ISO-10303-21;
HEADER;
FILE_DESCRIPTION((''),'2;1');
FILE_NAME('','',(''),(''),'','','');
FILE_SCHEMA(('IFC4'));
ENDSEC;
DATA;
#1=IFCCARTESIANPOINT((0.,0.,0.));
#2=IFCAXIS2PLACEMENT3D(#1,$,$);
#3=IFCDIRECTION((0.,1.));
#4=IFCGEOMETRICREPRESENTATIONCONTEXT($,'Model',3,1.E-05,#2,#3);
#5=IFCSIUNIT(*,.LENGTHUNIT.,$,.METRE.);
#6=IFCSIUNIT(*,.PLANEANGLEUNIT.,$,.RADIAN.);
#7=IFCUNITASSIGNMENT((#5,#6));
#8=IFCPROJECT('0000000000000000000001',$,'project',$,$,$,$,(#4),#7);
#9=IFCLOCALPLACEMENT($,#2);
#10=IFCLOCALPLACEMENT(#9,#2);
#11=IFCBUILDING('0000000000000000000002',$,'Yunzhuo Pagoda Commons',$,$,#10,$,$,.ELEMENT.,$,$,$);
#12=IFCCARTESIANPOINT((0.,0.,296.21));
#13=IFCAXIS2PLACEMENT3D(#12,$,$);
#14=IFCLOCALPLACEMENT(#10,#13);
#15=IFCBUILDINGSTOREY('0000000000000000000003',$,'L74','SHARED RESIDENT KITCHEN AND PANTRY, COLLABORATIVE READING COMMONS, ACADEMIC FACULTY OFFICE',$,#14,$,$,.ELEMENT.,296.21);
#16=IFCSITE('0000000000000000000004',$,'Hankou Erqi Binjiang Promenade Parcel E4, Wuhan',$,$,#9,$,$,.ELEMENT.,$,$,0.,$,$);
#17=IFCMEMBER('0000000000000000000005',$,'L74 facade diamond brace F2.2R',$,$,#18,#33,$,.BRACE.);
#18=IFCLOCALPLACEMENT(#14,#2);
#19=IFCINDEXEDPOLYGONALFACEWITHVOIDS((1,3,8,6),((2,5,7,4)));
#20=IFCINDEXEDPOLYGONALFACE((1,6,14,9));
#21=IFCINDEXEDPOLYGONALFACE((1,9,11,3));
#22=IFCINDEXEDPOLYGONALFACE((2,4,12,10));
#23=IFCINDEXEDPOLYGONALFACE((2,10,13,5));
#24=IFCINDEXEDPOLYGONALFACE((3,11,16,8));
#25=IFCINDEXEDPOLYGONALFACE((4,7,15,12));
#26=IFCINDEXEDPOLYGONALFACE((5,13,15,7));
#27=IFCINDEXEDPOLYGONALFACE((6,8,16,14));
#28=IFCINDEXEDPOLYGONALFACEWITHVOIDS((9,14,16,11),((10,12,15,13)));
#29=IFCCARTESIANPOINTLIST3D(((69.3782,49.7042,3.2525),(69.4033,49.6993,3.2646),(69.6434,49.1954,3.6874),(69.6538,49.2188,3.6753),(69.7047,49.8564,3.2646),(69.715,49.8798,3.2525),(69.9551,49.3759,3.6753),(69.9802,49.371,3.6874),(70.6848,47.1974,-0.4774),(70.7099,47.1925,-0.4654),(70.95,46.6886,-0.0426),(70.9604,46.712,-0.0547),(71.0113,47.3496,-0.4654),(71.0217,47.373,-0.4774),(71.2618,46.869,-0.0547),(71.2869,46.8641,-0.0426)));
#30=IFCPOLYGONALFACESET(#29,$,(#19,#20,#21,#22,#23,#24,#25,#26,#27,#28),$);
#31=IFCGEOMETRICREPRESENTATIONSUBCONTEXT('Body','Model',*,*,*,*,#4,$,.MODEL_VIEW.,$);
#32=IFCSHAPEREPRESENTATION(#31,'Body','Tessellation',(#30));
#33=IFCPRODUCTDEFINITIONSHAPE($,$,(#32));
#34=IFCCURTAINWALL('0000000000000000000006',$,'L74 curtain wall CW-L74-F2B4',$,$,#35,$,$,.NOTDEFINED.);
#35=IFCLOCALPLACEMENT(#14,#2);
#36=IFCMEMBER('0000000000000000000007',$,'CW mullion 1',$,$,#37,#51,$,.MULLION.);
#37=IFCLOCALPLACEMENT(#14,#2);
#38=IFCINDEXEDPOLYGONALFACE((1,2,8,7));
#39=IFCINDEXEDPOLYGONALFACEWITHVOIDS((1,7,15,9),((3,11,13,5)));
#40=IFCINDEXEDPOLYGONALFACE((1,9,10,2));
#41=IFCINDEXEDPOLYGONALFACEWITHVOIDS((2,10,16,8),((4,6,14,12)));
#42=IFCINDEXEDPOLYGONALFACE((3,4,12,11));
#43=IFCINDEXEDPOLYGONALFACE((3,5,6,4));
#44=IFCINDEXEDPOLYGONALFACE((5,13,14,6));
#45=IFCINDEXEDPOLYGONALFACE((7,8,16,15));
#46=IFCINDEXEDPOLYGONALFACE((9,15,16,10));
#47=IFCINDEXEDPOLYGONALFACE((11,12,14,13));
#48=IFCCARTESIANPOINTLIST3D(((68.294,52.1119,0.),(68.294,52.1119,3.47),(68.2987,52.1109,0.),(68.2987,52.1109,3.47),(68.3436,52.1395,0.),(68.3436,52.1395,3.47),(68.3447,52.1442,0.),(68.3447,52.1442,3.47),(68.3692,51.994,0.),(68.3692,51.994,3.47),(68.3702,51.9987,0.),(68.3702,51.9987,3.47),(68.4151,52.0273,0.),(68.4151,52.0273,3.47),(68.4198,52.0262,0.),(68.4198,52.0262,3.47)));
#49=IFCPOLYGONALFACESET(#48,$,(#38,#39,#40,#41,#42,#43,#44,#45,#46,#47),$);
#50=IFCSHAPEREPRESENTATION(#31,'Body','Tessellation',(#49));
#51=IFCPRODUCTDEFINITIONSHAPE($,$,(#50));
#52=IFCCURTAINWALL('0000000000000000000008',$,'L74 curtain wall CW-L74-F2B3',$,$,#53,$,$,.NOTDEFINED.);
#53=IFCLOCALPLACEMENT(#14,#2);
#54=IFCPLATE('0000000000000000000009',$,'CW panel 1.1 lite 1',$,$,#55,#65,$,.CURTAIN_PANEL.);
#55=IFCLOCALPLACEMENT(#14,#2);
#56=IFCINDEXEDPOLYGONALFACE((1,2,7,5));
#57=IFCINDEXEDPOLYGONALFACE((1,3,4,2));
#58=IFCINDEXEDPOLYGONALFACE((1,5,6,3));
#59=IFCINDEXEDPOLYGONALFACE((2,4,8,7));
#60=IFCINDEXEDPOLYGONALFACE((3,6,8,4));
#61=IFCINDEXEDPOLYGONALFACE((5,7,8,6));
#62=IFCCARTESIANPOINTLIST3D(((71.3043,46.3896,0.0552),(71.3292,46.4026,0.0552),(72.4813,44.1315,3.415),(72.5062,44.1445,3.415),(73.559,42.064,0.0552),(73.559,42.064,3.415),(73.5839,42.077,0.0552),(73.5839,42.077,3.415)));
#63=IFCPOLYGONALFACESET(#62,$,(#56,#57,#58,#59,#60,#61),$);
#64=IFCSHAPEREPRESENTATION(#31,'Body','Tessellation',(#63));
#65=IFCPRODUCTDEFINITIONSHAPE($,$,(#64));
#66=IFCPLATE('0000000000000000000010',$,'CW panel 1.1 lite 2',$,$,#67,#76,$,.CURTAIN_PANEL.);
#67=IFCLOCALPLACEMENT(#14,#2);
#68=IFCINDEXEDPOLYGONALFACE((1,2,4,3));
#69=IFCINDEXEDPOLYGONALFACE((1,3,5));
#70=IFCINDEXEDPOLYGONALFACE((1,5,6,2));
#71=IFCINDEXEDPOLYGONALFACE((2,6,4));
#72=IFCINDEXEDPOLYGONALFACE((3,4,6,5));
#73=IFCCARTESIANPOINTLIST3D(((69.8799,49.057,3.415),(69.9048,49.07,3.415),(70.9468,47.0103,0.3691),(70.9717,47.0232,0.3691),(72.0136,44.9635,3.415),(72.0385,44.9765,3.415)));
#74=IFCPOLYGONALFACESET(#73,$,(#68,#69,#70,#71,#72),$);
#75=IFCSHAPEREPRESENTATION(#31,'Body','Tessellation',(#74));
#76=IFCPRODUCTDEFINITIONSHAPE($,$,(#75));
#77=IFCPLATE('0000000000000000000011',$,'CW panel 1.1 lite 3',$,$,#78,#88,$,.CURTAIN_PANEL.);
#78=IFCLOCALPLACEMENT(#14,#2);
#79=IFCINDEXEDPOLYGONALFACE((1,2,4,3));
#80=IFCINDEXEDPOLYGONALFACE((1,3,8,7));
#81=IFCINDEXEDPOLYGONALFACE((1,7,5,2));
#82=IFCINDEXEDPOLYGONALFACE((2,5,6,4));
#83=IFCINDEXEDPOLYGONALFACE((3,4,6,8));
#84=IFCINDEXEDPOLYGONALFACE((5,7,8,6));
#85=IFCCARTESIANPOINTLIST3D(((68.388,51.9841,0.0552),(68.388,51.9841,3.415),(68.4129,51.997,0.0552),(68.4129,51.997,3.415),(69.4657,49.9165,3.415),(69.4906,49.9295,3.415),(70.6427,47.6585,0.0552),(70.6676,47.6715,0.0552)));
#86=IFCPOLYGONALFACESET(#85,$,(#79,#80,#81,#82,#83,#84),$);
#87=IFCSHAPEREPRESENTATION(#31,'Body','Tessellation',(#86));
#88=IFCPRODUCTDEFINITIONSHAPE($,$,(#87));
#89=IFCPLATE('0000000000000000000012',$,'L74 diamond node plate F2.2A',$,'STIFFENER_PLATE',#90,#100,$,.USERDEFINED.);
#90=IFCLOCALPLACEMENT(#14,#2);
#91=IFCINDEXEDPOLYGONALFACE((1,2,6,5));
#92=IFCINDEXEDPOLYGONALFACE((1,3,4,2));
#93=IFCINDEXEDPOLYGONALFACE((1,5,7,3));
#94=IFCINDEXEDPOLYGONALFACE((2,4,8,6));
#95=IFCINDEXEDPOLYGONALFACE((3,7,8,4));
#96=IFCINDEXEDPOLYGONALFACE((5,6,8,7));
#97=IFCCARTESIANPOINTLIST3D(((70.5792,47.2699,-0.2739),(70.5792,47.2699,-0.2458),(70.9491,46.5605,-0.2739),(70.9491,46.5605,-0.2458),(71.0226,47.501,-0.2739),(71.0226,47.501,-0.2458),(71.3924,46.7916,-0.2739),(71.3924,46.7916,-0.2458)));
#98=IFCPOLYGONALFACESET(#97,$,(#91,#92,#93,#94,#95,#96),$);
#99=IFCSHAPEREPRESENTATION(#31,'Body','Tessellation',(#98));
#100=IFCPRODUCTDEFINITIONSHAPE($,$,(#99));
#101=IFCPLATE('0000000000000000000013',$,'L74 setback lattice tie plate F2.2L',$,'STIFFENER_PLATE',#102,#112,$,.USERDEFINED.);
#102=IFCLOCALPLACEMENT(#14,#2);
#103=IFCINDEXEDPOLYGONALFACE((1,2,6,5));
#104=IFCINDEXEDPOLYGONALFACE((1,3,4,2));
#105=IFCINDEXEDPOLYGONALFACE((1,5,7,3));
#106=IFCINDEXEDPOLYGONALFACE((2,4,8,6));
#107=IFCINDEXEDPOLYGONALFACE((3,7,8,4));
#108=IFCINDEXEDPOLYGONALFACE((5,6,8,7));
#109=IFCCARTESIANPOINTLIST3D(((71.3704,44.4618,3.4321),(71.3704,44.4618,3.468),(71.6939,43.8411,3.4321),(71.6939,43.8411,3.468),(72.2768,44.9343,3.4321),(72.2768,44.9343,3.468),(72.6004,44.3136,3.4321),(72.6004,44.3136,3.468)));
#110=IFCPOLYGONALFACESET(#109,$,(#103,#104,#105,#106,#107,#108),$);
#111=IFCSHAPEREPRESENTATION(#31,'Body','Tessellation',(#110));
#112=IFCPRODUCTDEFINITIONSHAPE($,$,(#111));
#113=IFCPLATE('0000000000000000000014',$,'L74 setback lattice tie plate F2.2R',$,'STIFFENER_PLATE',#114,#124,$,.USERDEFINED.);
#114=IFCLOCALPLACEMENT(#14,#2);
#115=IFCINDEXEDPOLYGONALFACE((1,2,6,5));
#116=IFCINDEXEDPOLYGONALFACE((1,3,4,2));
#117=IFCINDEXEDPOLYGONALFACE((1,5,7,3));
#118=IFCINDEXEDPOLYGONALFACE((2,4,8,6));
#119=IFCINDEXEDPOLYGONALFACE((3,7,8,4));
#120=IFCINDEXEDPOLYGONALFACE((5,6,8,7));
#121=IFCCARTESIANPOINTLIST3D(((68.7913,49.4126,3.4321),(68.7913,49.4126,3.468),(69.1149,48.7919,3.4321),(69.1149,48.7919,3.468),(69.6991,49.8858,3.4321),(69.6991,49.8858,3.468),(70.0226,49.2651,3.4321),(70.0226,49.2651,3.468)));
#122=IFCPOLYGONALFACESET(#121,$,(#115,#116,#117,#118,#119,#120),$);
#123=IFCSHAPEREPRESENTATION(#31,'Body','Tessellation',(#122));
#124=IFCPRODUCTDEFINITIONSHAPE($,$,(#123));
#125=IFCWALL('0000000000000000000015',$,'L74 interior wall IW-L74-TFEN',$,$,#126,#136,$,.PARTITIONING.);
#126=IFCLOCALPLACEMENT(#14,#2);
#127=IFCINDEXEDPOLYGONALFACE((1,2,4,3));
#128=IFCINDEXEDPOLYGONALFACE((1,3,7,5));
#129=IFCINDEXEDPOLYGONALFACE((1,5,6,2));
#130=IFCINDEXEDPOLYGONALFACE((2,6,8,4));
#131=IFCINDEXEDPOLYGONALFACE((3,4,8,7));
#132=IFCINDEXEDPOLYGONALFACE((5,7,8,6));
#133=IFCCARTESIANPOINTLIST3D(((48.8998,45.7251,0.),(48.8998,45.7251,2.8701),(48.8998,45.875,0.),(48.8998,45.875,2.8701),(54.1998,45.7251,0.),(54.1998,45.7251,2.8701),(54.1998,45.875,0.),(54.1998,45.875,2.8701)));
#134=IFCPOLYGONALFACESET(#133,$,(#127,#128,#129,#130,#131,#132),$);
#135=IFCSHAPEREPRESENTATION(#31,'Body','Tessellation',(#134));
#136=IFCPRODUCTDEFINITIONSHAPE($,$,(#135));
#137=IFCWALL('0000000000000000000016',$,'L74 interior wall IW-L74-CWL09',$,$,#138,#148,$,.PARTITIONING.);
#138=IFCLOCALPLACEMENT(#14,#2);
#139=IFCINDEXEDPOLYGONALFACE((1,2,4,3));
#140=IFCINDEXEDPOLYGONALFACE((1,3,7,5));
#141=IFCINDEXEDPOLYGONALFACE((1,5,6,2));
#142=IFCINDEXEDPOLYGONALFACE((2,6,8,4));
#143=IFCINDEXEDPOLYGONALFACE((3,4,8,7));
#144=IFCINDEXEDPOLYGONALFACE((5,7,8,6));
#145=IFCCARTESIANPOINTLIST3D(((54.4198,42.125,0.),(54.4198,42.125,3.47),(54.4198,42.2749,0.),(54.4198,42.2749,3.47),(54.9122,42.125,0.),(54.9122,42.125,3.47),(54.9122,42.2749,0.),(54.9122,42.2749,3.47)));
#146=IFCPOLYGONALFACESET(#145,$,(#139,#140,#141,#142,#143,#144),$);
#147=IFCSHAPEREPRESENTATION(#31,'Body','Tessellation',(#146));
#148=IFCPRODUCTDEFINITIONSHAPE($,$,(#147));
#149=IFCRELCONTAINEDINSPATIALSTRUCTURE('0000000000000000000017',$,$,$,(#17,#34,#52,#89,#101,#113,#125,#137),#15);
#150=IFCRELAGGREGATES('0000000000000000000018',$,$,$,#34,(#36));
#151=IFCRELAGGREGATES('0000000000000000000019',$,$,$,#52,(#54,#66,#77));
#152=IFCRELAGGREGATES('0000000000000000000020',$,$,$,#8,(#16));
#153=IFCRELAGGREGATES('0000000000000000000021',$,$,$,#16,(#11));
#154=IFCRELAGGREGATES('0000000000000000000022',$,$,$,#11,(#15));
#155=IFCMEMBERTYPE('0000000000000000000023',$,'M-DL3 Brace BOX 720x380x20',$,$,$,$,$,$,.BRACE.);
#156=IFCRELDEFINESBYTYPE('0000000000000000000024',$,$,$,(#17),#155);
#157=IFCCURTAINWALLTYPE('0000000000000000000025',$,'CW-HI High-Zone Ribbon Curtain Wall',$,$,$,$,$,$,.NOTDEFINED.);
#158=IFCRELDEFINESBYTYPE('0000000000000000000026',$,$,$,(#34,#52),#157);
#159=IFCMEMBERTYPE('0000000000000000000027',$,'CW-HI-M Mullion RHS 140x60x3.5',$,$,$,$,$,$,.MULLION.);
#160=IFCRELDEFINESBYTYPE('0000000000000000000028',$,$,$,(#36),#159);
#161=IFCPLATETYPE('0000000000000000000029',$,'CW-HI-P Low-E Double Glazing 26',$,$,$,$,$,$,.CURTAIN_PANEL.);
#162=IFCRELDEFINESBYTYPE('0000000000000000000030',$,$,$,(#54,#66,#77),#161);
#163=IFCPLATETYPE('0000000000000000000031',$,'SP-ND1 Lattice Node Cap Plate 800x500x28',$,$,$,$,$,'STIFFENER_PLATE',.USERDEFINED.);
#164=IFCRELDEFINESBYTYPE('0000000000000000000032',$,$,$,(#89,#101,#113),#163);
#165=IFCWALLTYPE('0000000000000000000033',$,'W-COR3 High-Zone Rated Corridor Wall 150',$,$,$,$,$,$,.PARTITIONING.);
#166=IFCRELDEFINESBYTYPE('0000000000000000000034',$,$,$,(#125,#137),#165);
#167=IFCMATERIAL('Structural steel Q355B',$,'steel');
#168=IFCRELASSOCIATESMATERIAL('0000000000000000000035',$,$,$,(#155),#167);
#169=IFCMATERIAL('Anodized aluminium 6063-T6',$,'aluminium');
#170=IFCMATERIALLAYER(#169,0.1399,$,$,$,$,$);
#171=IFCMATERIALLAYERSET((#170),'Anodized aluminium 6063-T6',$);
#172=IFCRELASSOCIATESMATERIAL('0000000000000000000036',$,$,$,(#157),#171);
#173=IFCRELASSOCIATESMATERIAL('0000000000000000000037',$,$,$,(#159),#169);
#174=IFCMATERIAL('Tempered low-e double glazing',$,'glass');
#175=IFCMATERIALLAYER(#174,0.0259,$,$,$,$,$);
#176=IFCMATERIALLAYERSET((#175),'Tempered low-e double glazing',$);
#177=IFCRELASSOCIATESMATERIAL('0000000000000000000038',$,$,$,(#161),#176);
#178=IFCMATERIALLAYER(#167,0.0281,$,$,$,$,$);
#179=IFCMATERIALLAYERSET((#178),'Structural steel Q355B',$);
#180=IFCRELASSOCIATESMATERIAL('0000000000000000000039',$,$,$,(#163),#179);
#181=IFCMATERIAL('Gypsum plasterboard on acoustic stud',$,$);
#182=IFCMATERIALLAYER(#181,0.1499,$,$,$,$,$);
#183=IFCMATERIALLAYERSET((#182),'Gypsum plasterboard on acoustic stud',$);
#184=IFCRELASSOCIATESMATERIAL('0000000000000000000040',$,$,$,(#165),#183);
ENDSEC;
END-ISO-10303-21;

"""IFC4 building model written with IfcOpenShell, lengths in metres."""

from ifc_helpers import new_model, si_unit, direction, frame, frame_2d, origin, origin_2d, place, context, subcontext, project, spatial, polyline, rectangle, hollow_rectangle, outline, extrude, source, transform, mapped, material, layer, layer_set, material_profile, profile_set, type_object, element, aggregate, save


model = new_model("IFC4")

# Units and contexts
model_context = context("Model", 3, precision=1e-05, world=origin(), true_north=direction((0.0, 1.0)))
body_context = subcontext(model_context, "Body", "Model", "MODEL_VIEW")
ifc_project = project(units=[si_unit("LENGTHUNIT", "METRE"), si_unit("PLANEANGLEUNIT", "RADIAN")], contexts=[model_context])

# Site, building, storey
site_placement = place(None, origin())
site = spatial("IfcSite", under=ifc_project, at=site_placement, Name="Hankou Erqi Binjiang Promenade Parcel E4, Wuhan", CompositionType="ELEMENT", RefElevation=0.0)
building_placement = place(site_placement, origin())
building = spatial("IfcBuilding", under=site, at=building_placement, Name="Yunzhuo Pagoda Commons", CompositionType="ELEMENT")
storey_placement = place(building_placement, frame((0.0, 0.0, 296.21)))
storey = spatial("IfcBuildingStorey", under=building, at=storey_placement, Name="L74", Description="SHARED RESIDENT KITCHEN AND PANTRY, COLLABORATIVE READING COMMONS, ACADEMIC FACULTY OFFICE", CompositionType="ELEMENT", Elevation=296.21)

# Shared definitions
ifc_material_1 = material(Name="Structural steel Q355B", Category="steel")

# Member
ifc_material_profile_1 = material_profile(ifc_material_1, hollow_rectangle(XDim=0.3799, YDim=0.72, WallThickness=0.02, at=origin_2d()), Name="Structural steel Q355B")
ifc_profile_set_1 = profile_set([ifc_material_profile_1], Name="Structural steel Q355B")
member_type_1 = type_object("IfcMemberType", Name="M-DL3 Brace BOX 720x380x20", PredefinedType="BRACE", material=ifc_profile_set_1)
shared_shape_1 = source(origin(), body_context, "Body", "SweptSolid", [
    extrude(hollow_rectangle(XDim=0.3799, YDim=0.72, WallThickness=0.02, at=origin_2d()), origin(), (0.0, 0.0, 1.0), 4.6802),
])
for number, where, z_axis, x_axis, name in (
    (1, (70.9858, 47.0308, -0.26), (-0.279185, 0.535626, 0.79697), (-0.88677, -0.462212, 0.0), "L74 facade diamond brace F2.2R"),
):
    element("IfcMember", number, at=place(storey_placement, frame(where, z_axis=z_axis, x_axis=x_axis)), inside=storey, type_object=member_type_1, Name=name, PredefinedType="BRACE", context=body_context, shape_type="MappedRepresentation", body=[
        mapped(shared_shape_1, transform((0.0, 0.0, 0.0), scale=1.0)),
    ])

# Curtain wall, member
ifc_material_2 = material(Name="Anodized aluminium 6063-T6", Category="aluminium")
ifc_layer_1 = layer(ifc_material_2, 0.1399)
ifc_layer_set_1 = layer_set([ifc_layer_1], Name="Anodized aluminium 6063-T6")
curtain_wall_type = type_object("IfcCurtainWallType", Name="CW-HI High-Zone Ribbon Curtain Wall", PredefinedType="NOTDEFINED", material=ifc_layer_set_1)
curtain_wall_1_placement = place(storey_placement, origin())
curtain_wall_1 = element("IfcCurtainWall", 2, at=curtain_wall_1_placement, inside=storey, type_object=curtain_wall_type, Name="L74 curtain wall CW-L74-F2B4", PredefinedType="NOTDEFINED")
ifc_material_profile_2 = material_profile(ifc_material_2, hollow_rectangle(XDim=0.0601, YDim=0.1399, WallThickness=0.0034, at=origin_2d()), Name="Anodized aluminium 6063-T6")
ifc_profile_set_2 = profile_set([ifc_material_profile_2], Name="Anodized aluminium 6063-T6")
member_type_2 = type_object("IfcMemberType", Name="CW-HI-M Mullion RHS 140x60x3.5", PredefinedType="MULLION", material=ifc_profile_set_2)
shared_shape_2 = source(origin(), body_context, "Body", "SweptSolid", [
    extrude(hollow_rectangle(XDim=0.0601, YDim=0.1399, WallThickness=0.0034, at=origin_2d()), origin(), (0.0, 0.0, 1.0), 3.47),
])
member_placement = place(storey_placement, frame((68.3569, 52.0691, 0.0), z_axis=(0.0, 0.0, 1.0), x_axis=(-0.84333, -0.537397, 0.0)))
member = element("IfcMember", 3, at=member_placement, type_object=member_type_2, Name="CW mullion 1", PredefinedType="MULLION", context=body_context, shape_type="MappedRepresentation", body=[
    mapped(shared_shape_2, transform((0.0, 0.0, 0.0), scale=1.0)),
])
aggregate(curtain_wall_1, [member])

# Curtain wall, plates
curtain_wall_2_placement = place(storey_placement, origin())
curtain_wall_2 = element("IfcCurtainWall", 4, at=curtain_wall_2_placement, inside=storey, type_object=curtain_wall_type, Name="L74 curtain wall CW-L74-F2B3", PredefinedType="NOTDEFINED")
ifc_material_3 = material(Name="Tempered low-e double glazing", Category="glass")
ifc_layer_2 = layer(ifc_material_3, 0.0259)
ifc_layer_set_2 = layer_set([ifc_layer_2], Name="Tempered low-e double glazing")
plate_type_1 = type_object("IfcPlateType", Name="CW-HI-P Low-E Double Glazing 26", PredefinedType="CURTAIN_PANEL", material=ifc_layer_set_2)
plate_1_placement = place(storey_placement, frame((72.4316, 44.2268, 1.7351), z_axis=(0.886761, 0.462228, 0.0), x_axis=(-0.462228, 0.886761, 0.0)))
plate_1 = element("IfcPlate", 5, at=plate_1_placement, type_object=plate_type_1, Name="CW panel 1.1 lite 1", PredefinedType="CURTAIN_PANEL", context=body_context, shape_type="SweptSolid", body=[
    extrude(outline(polyline([(-2.439, -1.6799), (2.439, -1.6799), (-0.1074, 1.6799), (-2.439, 1.6799), (-2.439, -1.6799)])), origin(), (0.0, 0.0, 1.0), 0.0281),
])
plate_2_placement = place(storey_placement, frame((70.9468, 47.0103, 1.8921), z_axis=(0.886761, 0.462228, 0.0), x_axis=(-0.462228, 0.886761, 0.0)))
plate_2 = element("IfcPlate", 6, at=plate_2_placement, type_object=plate_type_1, Name="CW panel 1.1 lite 2", PredefinedType="CURTAIN_PANEL", context=body_context, shape_type="SweptSolid", body=[
    extrude(outline(polyline([(-2.3081, 1.5229), (0.0, -1.5229), (2.3081, 1.5229), (-2.3081, 1.5229)])), origin(), (0.0, 0.0, 1.0), 0.0281),
])
plate_3_placement = place(storey_placement, frame((69.5154, 49.8213, 1.7351), z_axis=(0.886761, 0.462228, 0.0), x_axis=(-0.462228, 0.886761, 0.0)))
plate_3 = element("IfcPlate", 7, at=plate_3_placement, type_object=plate_type_1, Name="CW panel 1.1 lite 3", PredefinedType="CURTAIN_PANEL", context=body_context, shape_type="SweptSolid", body=[
    extrude(outline(polyline([(-2.439, -1.6799), (2.439, -1.6799), (2.439, 1.6799), (0.1074, 1.6799), (-2.439, -1.6799)])), origin(), (0.0, 0.0, 1.0), 0.0281),
])
aggregate(curtain_wall_2, [plate_1, plate_2, plate_3])

# Plates
ifc_layer_3 = layer(ifc_material_1, 0.0281)
ifc_layer_set_3 = layer_set([ifc_layer_3], Name="Structural steel Q355B")
plate_type_2 = type_object("IfcPlateType", Name="SP-ND1 Lattice Node Cap Plate 800x500x28", ElementType="STIFFENER_PLATE", PredefinedType="USERDEFINED", material=ifc_layer_set_3)
shared_shape_3 = source(origin(), body_context, "Body", "SweptSolid", [
    extrude(rectangle(XDim=0.8, YDim=0.5, at=origin_2d()), origin(), (0.0, 0.0, 1.0), 0.0281),
])
plate_4_placement = place(storey_placement, frame((70.9858, 47.0308, -0.2739), z_axis=(0.0, 0.0, 1.0), x_axis=(-0.462228, 0.886761, 0.0)))
element("IfcPlate", 8, at=plate_4_placement, inside=storey, type_object=plate_type_2, Name="L74 diamond node plate F2.2A", ObjectType="STIFFENER_PLATE", PredefinedType="USERDEFINED", context=body_context, shape_type="MappedRepresentation", body=[
    mapped(shared_shape_3, transform((0.0, 0.0, 0.0), scale=1.0)),
])
shared_shape_4 = source(origin(), body_context, "Body", "SweptSolid", [
    extrude(rectangle(XDim=0.7, YDim=1.0222, at=origin_2d()), origin(), (0.0, 0.0, 1.0), 0.0359),
])
plate_5_placement = place(storey_placement, frame((71.9854, 44.3877, 3.4321), z_axis=(0.0, 0.0, 1.0), x_axis=(-0.462228, 0.886761, 0.0)))
element("IfcPlate", 9, at=plate_5_placement, inside=storey, type_object=plate_type_2, Name="L74 setback lattice tie plate F2.2L", ObjectType="STIFFENER_PLATE", PredefinedType="USERDEFINED", context=body_context, shape_type="MappedRepresentation", body=[
    mapped(shared_shape_4, transform((0.0, 0.0, 0.0), scale=1.0)),
])
shared_shape_5 = source(origin(), body_context, "Body", "SweptSolid", [
    extrude(rectangle(XDim=0.7, YDim=1.0237, at=origin_2d()), origin(), (0.0, 0.0, 1.0), 0.0359),
])
plate_6_placement = place(storey_placement, frame((69.407, 49.3389, 3.4321), z_axis=(0.0, 0.0, 1.0), x_axis=(-0.462228, 0.886761, 0.0)))
element("IfcPlate", 10, at=plate_6_placement, inside=storey, type_object=plate_type_2, Name="L74 setback lattice tie plate F2.2R", ObjectType="STIFFENER_PLATE", PredefinedType="USERDEFINED", context=body_context, shape_type="MappedRepresentation", body=[
    mapped(shared_shape_5, transform((0.0, 0.0, 0.0), scale=1.0)),
])

# Walls
ifc_material_4 = material(Name="Gypsum plasterboard on acoustic stud")
ifc_layer_4 = layer(ifc_material_4, 0.1499)
ifc_layer_set_4 = layer_set([ifc_layer_4], Name="Gypsum plasterboard on acoustic stud")
wall_type_1 = type_object("IfcWallType", Name="W-COR3 High-Zone Rated Corridor Wall 150", PredefinedType="PARTITIONING", material=ifc_layer_set_4)
wall_1_placement = place(storey_placement, frame((48.8999, 45.8, 0.0), z_axis=(0.0, 0.0, 1.0), x_axis=(1.0, 0.0, 0.0)))
element("IfcWall", 11, at=wall_1_placement, inside=storey, type_object=wall_type_1, Name="L74 interior wall IW-L74-TFEN", PredefinedType="PARTITIONING", context=body_context, shape_type="SweptSolid", body=[
    extrude(rectangle(XDim=5.3, YDim=0.1499, at=frame_2d((2.6499, 0.0))), origin(), (0.0, 0.0, 1.0), 2.8701),
])
wall_2_placement = place(storey_placement, frame((54.4199, 42.2, 0.0), z_axis=(0.0, 0.0, 1.0), x_axis=(1.0, 0.0, 0.0)))
element("IfcWall", 12, at=wall_2_placement, inside=storey, type_object=wall_type_1, Name="L74 interior wall IW-L74-CWL09", PredefinedType="PARTITIONING", context=body_context, shape_type="SweptSolid", body=[
    extrude(rectangle(XDim=0.4924, YDim=0.1499, at=frame_2d((0.2461, 0.0))), origin(), (0.0, 0.0, 1.0), 3.47),
])

save(model, "model.ifc")
